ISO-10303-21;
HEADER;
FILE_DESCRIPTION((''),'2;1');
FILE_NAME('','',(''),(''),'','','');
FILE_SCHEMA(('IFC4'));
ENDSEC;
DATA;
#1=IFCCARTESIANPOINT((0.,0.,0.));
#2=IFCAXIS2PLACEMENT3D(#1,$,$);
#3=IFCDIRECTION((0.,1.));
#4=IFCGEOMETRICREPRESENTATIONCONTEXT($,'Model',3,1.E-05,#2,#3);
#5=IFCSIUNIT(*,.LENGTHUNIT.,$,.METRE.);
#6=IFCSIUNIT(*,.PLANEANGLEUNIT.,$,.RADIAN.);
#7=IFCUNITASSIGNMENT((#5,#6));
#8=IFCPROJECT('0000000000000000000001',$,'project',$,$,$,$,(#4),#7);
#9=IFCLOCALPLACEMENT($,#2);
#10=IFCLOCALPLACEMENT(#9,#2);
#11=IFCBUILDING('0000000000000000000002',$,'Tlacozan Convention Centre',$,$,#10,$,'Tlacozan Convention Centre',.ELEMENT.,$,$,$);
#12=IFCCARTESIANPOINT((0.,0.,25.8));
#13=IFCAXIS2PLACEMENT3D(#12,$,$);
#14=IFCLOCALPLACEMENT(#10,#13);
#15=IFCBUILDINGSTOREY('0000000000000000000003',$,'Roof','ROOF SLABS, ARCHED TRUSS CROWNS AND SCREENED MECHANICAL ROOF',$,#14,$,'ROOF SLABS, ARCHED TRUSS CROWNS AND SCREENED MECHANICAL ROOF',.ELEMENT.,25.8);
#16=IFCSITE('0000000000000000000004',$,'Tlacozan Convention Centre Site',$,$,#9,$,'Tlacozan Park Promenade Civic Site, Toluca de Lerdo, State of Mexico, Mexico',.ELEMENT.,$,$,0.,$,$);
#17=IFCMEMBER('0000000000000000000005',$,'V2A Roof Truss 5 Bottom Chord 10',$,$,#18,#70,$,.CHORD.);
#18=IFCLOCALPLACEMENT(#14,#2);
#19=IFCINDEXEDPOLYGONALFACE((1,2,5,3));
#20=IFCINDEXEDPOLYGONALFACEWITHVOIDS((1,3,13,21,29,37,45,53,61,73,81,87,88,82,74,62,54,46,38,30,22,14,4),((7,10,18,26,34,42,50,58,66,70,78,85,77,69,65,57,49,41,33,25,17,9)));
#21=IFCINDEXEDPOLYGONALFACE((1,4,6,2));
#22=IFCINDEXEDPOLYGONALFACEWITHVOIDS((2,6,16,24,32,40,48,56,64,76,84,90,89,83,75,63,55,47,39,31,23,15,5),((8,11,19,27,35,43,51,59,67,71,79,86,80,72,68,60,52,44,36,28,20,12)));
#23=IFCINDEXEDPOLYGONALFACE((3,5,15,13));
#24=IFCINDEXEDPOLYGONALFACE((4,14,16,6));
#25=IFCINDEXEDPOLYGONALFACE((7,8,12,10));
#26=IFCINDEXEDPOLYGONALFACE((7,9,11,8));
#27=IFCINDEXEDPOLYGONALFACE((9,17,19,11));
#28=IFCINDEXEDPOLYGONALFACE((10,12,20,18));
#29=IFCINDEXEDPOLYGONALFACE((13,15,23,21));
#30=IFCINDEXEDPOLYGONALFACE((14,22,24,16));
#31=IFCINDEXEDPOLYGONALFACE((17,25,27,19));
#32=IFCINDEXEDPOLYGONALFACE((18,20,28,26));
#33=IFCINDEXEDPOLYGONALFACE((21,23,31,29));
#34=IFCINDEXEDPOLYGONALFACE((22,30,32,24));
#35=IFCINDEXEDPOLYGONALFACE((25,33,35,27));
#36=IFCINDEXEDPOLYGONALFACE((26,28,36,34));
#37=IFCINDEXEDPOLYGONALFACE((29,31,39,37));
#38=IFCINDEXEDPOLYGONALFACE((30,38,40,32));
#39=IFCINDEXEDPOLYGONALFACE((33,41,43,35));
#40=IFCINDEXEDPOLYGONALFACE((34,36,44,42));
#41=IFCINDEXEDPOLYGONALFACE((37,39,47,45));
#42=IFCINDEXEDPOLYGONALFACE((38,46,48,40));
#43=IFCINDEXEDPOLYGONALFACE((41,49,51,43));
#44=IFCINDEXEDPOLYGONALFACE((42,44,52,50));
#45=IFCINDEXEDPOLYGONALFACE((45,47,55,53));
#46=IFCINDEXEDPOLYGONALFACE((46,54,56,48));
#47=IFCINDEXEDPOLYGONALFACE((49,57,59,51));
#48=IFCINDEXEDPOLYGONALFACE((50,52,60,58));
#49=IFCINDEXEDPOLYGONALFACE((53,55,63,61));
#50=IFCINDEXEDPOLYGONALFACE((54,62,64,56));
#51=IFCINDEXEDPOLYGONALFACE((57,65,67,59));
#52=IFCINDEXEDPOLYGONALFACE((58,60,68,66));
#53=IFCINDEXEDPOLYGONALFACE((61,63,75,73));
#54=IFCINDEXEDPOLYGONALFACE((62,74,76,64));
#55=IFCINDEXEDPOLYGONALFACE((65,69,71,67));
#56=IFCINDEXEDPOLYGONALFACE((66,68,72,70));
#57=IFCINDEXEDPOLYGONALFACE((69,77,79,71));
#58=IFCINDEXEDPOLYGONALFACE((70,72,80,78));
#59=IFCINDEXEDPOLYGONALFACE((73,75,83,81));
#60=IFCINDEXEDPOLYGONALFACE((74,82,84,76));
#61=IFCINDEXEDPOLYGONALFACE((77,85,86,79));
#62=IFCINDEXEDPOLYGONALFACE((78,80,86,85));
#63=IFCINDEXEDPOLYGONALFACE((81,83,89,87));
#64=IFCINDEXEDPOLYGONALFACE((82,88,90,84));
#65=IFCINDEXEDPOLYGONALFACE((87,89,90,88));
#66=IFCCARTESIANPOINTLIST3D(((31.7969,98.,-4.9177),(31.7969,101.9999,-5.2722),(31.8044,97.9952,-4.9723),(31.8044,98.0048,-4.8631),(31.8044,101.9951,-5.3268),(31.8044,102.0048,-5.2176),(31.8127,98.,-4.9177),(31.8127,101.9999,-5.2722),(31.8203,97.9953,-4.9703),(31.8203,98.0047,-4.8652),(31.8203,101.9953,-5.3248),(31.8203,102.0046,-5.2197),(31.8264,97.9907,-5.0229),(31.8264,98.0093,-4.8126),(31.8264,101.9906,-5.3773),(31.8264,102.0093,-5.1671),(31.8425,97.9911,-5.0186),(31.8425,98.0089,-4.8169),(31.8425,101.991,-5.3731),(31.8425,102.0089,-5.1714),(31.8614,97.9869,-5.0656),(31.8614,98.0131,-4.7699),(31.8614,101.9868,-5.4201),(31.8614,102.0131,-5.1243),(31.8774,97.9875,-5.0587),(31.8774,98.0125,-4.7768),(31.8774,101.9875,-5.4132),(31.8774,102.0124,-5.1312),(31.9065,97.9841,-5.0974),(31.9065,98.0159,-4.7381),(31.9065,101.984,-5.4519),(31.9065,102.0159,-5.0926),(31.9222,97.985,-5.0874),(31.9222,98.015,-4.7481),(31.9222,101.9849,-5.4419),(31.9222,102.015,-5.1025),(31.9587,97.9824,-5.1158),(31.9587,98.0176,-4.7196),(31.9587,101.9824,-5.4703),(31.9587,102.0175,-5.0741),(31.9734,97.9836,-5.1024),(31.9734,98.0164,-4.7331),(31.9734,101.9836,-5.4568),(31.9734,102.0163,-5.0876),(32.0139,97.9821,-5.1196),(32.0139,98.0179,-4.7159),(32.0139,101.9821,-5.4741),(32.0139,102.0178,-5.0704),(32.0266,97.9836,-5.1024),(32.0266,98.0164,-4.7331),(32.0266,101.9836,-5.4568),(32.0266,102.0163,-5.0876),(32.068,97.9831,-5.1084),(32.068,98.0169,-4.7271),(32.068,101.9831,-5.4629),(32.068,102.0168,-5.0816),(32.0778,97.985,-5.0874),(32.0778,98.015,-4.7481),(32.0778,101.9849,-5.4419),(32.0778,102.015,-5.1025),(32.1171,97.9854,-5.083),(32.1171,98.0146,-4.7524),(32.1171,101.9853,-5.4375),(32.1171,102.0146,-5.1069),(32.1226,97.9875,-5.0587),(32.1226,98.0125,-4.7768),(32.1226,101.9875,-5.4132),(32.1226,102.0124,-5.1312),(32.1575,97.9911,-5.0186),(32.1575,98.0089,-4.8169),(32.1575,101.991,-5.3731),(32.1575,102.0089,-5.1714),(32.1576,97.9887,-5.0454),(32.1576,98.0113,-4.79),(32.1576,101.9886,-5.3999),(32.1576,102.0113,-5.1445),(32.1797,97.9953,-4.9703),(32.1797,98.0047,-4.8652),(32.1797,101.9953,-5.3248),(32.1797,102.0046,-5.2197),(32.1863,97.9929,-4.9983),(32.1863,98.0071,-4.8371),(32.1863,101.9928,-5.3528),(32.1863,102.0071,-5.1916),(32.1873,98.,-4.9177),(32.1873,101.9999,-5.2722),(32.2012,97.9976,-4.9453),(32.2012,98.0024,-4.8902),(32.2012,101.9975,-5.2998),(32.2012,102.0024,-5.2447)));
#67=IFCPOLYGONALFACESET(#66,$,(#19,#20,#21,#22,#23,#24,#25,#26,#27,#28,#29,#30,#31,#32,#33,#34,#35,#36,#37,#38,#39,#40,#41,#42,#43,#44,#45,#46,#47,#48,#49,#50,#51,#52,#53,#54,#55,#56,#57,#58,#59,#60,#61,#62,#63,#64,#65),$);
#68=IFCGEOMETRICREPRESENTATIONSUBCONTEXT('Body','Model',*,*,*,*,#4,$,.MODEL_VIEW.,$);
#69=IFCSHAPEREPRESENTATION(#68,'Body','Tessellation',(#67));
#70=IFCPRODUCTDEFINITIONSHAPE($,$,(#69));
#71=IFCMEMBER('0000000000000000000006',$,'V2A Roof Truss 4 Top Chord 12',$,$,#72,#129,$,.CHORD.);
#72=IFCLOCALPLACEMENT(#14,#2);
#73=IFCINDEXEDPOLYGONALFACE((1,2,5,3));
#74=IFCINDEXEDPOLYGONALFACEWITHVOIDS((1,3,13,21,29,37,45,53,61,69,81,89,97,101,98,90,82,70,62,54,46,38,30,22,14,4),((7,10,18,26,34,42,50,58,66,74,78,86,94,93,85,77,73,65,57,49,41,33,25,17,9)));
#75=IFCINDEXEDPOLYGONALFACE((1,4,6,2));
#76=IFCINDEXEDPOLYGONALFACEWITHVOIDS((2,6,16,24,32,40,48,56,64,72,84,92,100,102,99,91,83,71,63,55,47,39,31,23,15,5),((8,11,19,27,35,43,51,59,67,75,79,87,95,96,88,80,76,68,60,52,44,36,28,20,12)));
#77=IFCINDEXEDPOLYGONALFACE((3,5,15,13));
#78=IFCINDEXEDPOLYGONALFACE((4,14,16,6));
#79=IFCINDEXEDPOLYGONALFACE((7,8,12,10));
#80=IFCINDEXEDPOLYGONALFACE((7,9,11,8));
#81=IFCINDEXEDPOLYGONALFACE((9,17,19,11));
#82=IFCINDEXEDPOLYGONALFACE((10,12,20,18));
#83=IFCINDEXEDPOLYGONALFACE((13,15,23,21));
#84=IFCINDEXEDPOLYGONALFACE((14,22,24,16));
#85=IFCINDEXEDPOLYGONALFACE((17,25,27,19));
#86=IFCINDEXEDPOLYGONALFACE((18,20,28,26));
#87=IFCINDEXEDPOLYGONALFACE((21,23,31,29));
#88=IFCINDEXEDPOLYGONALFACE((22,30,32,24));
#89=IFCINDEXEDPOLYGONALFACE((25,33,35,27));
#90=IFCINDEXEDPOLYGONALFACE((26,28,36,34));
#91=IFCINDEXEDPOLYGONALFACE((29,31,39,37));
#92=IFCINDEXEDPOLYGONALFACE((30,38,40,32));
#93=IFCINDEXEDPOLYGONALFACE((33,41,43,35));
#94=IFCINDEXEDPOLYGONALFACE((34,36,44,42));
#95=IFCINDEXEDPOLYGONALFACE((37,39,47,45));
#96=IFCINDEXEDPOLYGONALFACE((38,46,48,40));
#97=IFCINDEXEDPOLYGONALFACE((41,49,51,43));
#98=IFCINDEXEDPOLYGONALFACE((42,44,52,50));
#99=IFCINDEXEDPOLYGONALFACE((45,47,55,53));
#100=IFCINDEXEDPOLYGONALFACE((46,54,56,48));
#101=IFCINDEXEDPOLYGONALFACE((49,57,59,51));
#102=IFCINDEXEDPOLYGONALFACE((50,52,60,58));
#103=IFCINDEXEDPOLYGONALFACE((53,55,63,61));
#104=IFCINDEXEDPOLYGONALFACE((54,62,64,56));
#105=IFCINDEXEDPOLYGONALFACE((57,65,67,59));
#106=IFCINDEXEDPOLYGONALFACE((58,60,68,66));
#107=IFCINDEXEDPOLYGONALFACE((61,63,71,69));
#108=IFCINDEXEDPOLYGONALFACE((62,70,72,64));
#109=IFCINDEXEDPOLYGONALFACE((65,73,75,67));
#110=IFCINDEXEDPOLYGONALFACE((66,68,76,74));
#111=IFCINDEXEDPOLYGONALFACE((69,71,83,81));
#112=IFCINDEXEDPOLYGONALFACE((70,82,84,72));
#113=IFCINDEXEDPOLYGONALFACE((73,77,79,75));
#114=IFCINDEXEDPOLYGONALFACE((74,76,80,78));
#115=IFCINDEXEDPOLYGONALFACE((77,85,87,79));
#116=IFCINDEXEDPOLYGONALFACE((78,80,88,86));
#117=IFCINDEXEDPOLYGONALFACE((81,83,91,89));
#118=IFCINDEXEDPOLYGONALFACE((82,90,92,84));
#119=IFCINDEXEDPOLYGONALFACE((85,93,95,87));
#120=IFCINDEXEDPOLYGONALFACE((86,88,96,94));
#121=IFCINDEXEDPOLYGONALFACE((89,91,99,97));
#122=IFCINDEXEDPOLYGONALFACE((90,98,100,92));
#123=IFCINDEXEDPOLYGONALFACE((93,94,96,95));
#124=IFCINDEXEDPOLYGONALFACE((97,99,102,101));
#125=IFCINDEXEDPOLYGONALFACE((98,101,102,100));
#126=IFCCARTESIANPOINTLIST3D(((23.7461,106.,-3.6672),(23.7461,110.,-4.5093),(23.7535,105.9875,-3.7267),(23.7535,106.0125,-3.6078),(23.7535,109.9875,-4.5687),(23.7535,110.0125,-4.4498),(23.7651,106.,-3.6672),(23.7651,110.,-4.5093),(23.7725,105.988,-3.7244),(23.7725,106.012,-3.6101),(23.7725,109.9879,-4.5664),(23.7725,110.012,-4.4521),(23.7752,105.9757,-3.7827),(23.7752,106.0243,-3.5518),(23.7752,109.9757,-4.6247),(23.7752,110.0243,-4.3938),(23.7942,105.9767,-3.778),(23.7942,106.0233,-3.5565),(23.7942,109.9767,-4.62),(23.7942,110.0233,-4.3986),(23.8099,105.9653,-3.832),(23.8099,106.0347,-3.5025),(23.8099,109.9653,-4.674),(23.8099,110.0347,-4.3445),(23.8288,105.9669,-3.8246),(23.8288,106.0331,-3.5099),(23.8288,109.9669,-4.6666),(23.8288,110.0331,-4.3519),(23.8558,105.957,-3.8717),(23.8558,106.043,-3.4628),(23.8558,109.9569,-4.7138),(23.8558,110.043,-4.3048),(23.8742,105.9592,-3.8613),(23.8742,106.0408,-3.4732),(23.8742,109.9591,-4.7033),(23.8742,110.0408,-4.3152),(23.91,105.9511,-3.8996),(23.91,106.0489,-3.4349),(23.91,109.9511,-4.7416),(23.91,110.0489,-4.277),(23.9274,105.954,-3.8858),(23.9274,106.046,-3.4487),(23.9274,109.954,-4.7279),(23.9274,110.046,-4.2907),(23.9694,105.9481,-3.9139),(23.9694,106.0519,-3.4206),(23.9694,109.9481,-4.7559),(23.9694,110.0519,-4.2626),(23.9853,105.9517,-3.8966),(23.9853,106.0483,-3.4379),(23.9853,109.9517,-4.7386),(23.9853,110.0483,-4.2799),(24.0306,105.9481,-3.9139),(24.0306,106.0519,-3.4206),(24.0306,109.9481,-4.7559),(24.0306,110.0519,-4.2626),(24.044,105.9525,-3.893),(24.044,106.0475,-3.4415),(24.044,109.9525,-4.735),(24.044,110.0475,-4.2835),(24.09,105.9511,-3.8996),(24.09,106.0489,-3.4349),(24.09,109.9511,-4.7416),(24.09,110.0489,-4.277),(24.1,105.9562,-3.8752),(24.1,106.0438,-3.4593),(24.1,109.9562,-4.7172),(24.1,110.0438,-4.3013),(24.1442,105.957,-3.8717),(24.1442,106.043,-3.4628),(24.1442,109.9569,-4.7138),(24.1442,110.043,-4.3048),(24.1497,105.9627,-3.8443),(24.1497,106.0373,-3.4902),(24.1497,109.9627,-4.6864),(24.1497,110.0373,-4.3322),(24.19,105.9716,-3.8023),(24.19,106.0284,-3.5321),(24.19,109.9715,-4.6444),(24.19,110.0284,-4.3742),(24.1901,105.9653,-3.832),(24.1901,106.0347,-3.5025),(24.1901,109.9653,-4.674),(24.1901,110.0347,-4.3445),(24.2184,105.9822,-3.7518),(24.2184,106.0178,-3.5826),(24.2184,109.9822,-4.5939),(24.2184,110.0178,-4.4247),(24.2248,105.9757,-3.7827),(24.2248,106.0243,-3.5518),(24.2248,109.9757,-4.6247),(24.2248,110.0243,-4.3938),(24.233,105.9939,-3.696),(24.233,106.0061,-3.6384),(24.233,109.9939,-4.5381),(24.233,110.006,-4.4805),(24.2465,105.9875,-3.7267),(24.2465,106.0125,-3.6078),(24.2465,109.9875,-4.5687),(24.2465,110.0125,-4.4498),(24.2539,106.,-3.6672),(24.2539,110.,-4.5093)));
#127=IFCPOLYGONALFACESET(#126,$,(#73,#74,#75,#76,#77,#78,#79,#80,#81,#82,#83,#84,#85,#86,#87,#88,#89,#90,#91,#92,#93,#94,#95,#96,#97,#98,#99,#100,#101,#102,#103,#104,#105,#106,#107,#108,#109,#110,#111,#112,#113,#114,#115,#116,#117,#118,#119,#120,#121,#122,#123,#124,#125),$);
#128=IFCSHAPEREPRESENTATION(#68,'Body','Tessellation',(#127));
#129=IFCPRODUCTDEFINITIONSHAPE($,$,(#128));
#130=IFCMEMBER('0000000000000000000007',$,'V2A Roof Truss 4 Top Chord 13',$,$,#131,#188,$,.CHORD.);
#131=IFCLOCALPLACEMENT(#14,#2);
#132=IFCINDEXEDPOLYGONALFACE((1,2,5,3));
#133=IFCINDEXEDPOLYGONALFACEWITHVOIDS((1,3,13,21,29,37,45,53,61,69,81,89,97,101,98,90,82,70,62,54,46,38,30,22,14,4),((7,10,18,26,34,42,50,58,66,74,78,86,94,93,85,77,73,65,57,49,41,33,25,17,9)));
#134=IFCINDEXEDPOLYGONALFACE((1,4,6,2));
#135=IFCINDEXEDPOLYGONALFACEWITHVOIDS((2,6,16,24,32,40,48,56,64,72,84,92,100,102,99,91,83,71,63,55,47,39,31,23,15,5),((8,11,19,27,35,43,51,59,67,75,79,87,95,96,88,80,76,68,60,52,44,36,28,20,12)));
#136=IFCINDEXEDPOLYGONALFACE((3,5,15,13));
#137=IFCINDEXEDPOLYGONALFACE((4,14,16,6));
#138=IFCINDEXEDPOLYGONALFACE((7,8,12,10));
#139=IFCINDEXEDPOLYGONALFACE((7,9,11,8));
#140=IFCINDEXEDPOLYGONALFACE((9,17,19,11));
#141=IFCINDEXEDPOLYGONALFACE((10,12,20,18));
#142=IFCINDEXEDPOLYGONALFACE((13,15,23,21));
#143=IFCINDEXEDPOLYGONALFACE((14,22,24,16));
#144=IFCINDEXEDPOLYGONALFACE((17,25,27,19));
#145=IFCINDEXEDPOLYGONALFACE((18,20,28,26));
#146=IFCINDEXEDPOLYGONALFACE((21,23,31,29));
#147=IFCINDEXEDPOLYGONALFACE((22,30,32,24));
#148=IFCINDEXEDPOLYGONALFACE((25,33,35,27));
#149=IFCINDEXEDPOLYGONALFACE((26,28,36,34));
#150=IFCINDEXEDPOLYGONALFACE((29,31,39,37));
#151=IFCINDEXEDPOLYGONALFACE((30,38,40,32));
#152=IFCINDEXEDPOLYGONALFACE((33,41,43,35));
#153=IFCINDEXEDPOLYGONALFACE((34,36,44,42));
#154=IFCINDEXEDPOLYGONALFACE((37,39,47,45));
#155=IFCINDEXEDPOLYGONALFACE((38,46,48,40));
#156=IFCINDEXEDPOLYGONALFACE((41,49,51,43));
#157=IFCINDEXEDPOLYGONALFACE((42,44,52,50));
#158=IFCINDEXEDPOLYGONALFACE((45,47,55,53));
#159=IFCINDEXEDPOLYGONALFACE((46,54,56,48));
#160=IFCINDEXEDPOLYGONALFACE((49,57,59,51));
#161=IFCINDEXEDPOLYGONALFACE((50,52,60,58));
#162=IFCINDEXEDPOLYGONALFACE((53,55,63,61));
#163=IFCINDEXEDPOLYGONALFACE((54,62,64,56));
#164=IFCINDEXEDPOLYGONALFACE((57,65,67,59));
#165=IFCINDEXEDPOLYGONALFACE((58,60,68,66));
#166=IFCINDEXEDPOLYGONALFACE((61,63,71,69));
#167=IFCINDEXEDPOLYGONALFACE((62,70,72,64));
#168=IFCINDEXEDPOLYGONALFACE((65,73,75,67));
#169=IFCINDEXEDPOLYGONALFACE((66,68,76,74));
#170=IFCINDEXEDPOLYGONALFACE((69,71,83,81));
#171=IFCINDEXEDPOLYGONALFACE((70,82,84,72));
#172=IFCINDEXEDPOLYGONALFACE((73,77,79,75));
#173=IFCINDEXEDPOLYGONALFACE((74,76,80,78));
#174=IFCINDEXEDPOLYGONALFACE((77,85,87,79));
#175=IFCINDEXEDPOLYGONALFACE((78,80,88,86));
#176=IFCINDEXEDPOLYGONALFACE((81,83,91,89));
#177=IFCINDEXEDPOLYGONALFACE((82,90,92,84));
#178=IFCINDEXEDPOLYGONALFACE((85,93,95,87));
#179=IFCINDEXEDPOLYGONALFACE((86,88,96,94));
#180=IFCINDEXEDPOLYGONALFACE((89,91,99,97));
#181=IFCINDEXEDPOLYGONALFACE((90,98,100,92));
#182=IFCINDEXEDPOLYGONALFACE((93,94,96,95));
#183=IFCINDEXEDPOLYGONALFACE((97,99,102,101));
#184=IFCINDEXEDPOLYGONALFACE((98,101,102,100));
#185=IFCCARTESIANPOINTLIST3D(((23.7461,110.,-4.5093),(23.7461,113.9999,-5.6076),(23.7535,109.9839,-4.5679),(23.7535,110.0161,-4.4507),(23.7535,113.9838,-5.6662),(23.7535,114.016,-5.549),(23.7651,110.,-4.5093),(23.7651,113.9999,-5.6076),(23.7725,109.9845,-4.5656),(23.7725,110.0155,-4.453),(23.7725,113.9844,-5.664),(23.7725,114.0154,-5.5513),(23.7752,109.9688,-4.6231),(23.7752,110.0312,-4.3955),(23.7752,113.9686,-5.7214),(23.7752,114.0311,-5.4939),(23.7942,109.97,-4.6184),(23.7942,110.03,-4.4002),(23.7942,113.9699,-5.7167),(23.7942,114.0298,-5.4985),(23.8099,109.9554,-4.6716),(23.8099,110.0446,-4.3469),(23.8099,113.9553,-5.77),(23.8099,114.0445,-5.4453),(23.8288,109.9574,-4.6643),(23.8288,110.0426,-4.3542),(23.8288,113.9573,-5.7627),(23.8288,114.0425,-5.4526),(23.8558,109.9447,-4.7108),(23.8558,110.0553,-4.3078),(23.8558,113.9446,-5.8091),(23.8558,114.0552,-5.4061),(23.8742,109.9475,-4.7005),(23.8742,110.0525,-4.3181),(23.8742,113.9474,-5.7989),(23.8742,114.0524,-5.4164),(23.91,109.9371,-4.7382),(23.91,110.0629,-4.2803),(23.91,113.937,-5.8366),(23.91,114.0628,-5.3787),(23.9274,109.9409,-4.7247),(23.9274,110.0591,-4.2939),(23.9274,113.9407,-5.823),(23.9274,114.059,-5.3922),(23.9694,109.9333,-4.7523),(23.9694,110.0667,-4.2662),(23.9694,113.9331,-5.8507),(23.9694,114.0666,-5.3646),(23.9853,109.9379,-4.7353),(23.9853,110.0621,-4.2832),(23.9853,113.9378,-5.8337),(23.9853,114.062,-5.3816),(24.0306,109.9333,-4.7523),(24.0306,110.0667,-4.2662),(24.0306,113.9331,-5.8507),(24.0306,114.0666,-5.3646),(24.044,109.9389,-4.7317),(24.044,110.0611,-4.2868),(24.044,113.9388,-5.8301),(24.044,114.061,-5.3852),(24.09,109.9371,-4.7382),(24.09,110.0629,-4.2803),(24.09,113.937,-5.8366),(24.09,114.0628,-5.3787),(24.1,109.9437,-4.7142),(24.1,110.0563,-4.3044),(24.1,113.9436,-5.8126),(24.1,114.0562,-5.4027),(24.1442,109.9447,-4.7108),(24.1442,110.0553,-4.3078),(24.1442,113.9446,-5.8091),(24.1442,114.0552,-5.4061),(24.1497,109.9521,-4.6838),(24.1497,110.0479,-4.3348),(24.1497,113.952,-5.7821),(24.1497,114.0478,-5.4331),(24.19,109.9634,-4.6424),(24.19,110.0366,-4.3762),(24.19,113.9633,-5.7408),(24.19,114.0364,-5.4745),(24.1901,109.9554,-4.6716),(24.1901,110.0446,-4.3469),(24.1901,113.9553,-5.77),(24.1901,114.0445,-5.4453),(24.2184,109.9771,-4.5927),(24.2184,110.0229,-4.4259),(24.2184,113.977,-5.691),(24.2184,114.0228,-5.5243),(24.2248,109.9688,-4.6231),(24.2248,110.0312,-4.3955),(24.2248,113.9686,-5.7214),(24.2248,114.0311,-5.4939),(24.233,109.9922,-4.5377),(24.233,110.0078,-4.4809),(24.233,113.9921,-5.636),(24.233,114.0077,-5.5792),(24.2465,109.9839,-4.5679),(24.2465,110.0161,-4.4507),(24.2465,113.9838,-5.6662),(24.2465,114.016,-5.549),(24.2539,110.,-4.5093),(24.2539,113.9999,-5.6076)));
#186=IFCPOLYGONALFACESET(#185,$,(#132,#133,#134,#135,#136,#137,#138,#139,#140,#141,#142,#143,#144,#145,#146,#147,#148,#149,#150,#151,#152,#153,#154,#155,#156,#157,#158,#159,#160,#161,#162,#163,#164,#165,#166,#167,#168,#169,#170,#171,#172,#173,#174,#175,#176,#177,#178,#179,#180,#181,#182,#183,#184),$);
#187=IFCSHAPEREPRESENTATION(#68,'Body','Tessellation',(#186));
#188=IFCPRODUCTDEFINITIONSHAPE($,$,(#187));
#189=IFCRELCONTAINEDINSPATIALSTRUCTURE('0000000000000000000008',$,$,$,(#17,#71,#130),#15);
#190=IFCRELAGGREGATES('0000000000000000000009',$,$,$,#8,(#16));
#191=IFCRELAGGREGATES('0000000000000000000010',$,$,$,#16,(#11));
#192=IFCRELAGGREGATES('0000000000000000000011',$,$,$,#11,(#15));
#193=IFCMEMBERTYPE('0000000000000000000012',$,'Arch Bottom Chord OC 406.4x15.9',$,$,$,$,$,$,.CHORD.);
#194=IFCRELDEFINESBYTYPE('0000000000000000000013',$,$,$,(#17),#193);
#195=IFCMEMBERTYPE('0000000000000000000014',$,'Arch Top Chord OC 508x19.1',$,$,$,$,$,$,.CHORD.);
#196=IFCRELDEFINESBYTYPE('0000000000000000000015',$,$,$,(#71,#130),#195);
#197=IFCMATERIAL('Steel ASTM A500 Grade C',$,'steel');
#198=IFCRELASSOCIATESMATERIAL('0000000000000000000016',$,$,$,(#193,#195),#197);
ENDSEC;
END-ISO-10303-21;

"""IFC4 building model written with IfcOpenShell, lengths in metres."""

from ifc_helpers import new_model, si_unit, direction, frame, origin, origin_2d, place, context, subcontext, project, spatial, hollow_circle, extrude, material, material_profile, profile_set, type_object, element, save


model = new_model("IFC4")

# Units and contexts
model_context = context("Model", 3, precision=1e-05, world=origin(), true_north=direction((0.0, 1.0)))
body_context = subcontext(model_context, "Body", "Model", "MODEL_VIEW")
ifc_project = project(units=[si_unit("LENGTHUNIT", "METRE"), si_unit("PLANEANGLEUNIT", "RADIAN")], contexts=[model_context])

# Site, building, storey
site_placement = place(None, origin())
site = spatial("IfcSite", under=ifc_project, at=site_placement, Name="Tlacozan Convention Centre Site", LongName="Tlacozan Park Promenade Civic Site, Toluca de Lerdo, State of Mexico, Mexico", CompositionType="ELEMENT", RefElevation=0.0)
building_placement = place(site_placement, origin())
building = spatial("IfcBuilding", under=site, at=building_placement, Name="Tlacozan Convention Centre", LongName="Tlacozan Convention Centre", CompositionType="ELEMENT")
storey_placement = place(building_placement, frame((0.0, 0.0, 25.8)))
storey = spatial("IfcBuildingStorey", under=building, at=storey_placement, Name="Roof", Description="ROOF SLABS, ARCHED TRUSS CROWNS AND SCREENED MECHANICAL ROOF", LongName="ROOF SLABS, ARCHED TRUSS CROWNS AND SCREENED MECHANICAL ROOF", CompositionType="ELEMENT", Elevation=25.8)

# Members
ifc_material_1 = material(Name="Steel ASTM A500 Grade C", Category="steel")
ifc_material_profile_1 = material_profile(ifc_material_1, hollow_circle(Radius=0.2031, WallThickness=0.0159, at=origin_2d()), Name="OC 406.4x15.9")
ifc_profile_set_1 = profile_set([ifc_material_profile_1], Name="Steel ASTM A500 Grade C")
member_type_1 = type_object("IfcMemberType", Name="Arch Bottom Chord OC 406.4x15.9", PredefinedType="CHORD", material=ifc_profile_set_1)
member_1_placement = place(storey_placement, frame((32.0, 98.0, -4.9177), z_axis=(0.0, 0.996096, -0.088277), x_axis=(-1.0, 0.0, 0.0)))
element("IfcMember", 1, at=member_1_placement, inside=storey, type_object=member_type_1, Name="V2A Roof Truss 5 Bottom Chord 10", PredefinedType="CHORD", context=body_context, shape_type="SweptSolid", body=[
    extrude(hollow_circle(Radius=0.2031, WallThickness=0.0159, at=origin_2d()), origin(), (0.0, 0.0, 1.0), 4.0156),
])
ifc_material_profile_2 = material_profile(ifc_material_1, hollow_circle(Radius=0.2539, WallThickness=0.019, at=origin_2d()), Name="OC 508.0x19.1")
ifc_profile_set_2 = profile_set([ifc_material_profile_2], Name="Steel ASTM A500 Grade C")
member_type_2 = type_object("IfcMemberType", Name="Arch Top Chord OC 508x19.1", PredefinedType="CHORD", material=ifc_profile_set_2)
member_2_placement = place(storey_placement, frame((24.0, 106.0, -3.6672), z_axis=(0.0, 0.978553, -0.205995), x_axis=(-1.0, 0.0, 0.0)))
element("IfcMember", 2, at=member_2_placement, inside=storey, type_object=member_type_2, Name="V2A Roof Truss 4 Top Chord 12", PredefinedType="CHORD", context=body_context, shape_type="SweptSolid", body=[
    extrude(hollow_circle(Radius=0.2539, WallThickness=0.019, at=origin_2d()), origin(), (0.0, 0.0, 1.0), 4.0876),
])
member_3_placement = place(storey_placement, frame((24.0, 110.0, -4.5093), z_axis=(0.0, 0.964305, -0.264795), x_axis=(-1.0, 0.0, 0.0)))
element("IfcMember", 3, at=member_3_placement, inside=storey, type_object=member_type_2, Name="V2A Roof Truss 4 Top Chord 13", PredefinedType="CHORD", context=body_context, shape_type="SweptSolid", body=[
    extrude(hollow_circle(Radius=0.2539, WallThickness=0.019, at=origin_2d()), origin(), (0.0, 0.0, 1.0), 4.1479),
])

save(model, "model.ifc")
